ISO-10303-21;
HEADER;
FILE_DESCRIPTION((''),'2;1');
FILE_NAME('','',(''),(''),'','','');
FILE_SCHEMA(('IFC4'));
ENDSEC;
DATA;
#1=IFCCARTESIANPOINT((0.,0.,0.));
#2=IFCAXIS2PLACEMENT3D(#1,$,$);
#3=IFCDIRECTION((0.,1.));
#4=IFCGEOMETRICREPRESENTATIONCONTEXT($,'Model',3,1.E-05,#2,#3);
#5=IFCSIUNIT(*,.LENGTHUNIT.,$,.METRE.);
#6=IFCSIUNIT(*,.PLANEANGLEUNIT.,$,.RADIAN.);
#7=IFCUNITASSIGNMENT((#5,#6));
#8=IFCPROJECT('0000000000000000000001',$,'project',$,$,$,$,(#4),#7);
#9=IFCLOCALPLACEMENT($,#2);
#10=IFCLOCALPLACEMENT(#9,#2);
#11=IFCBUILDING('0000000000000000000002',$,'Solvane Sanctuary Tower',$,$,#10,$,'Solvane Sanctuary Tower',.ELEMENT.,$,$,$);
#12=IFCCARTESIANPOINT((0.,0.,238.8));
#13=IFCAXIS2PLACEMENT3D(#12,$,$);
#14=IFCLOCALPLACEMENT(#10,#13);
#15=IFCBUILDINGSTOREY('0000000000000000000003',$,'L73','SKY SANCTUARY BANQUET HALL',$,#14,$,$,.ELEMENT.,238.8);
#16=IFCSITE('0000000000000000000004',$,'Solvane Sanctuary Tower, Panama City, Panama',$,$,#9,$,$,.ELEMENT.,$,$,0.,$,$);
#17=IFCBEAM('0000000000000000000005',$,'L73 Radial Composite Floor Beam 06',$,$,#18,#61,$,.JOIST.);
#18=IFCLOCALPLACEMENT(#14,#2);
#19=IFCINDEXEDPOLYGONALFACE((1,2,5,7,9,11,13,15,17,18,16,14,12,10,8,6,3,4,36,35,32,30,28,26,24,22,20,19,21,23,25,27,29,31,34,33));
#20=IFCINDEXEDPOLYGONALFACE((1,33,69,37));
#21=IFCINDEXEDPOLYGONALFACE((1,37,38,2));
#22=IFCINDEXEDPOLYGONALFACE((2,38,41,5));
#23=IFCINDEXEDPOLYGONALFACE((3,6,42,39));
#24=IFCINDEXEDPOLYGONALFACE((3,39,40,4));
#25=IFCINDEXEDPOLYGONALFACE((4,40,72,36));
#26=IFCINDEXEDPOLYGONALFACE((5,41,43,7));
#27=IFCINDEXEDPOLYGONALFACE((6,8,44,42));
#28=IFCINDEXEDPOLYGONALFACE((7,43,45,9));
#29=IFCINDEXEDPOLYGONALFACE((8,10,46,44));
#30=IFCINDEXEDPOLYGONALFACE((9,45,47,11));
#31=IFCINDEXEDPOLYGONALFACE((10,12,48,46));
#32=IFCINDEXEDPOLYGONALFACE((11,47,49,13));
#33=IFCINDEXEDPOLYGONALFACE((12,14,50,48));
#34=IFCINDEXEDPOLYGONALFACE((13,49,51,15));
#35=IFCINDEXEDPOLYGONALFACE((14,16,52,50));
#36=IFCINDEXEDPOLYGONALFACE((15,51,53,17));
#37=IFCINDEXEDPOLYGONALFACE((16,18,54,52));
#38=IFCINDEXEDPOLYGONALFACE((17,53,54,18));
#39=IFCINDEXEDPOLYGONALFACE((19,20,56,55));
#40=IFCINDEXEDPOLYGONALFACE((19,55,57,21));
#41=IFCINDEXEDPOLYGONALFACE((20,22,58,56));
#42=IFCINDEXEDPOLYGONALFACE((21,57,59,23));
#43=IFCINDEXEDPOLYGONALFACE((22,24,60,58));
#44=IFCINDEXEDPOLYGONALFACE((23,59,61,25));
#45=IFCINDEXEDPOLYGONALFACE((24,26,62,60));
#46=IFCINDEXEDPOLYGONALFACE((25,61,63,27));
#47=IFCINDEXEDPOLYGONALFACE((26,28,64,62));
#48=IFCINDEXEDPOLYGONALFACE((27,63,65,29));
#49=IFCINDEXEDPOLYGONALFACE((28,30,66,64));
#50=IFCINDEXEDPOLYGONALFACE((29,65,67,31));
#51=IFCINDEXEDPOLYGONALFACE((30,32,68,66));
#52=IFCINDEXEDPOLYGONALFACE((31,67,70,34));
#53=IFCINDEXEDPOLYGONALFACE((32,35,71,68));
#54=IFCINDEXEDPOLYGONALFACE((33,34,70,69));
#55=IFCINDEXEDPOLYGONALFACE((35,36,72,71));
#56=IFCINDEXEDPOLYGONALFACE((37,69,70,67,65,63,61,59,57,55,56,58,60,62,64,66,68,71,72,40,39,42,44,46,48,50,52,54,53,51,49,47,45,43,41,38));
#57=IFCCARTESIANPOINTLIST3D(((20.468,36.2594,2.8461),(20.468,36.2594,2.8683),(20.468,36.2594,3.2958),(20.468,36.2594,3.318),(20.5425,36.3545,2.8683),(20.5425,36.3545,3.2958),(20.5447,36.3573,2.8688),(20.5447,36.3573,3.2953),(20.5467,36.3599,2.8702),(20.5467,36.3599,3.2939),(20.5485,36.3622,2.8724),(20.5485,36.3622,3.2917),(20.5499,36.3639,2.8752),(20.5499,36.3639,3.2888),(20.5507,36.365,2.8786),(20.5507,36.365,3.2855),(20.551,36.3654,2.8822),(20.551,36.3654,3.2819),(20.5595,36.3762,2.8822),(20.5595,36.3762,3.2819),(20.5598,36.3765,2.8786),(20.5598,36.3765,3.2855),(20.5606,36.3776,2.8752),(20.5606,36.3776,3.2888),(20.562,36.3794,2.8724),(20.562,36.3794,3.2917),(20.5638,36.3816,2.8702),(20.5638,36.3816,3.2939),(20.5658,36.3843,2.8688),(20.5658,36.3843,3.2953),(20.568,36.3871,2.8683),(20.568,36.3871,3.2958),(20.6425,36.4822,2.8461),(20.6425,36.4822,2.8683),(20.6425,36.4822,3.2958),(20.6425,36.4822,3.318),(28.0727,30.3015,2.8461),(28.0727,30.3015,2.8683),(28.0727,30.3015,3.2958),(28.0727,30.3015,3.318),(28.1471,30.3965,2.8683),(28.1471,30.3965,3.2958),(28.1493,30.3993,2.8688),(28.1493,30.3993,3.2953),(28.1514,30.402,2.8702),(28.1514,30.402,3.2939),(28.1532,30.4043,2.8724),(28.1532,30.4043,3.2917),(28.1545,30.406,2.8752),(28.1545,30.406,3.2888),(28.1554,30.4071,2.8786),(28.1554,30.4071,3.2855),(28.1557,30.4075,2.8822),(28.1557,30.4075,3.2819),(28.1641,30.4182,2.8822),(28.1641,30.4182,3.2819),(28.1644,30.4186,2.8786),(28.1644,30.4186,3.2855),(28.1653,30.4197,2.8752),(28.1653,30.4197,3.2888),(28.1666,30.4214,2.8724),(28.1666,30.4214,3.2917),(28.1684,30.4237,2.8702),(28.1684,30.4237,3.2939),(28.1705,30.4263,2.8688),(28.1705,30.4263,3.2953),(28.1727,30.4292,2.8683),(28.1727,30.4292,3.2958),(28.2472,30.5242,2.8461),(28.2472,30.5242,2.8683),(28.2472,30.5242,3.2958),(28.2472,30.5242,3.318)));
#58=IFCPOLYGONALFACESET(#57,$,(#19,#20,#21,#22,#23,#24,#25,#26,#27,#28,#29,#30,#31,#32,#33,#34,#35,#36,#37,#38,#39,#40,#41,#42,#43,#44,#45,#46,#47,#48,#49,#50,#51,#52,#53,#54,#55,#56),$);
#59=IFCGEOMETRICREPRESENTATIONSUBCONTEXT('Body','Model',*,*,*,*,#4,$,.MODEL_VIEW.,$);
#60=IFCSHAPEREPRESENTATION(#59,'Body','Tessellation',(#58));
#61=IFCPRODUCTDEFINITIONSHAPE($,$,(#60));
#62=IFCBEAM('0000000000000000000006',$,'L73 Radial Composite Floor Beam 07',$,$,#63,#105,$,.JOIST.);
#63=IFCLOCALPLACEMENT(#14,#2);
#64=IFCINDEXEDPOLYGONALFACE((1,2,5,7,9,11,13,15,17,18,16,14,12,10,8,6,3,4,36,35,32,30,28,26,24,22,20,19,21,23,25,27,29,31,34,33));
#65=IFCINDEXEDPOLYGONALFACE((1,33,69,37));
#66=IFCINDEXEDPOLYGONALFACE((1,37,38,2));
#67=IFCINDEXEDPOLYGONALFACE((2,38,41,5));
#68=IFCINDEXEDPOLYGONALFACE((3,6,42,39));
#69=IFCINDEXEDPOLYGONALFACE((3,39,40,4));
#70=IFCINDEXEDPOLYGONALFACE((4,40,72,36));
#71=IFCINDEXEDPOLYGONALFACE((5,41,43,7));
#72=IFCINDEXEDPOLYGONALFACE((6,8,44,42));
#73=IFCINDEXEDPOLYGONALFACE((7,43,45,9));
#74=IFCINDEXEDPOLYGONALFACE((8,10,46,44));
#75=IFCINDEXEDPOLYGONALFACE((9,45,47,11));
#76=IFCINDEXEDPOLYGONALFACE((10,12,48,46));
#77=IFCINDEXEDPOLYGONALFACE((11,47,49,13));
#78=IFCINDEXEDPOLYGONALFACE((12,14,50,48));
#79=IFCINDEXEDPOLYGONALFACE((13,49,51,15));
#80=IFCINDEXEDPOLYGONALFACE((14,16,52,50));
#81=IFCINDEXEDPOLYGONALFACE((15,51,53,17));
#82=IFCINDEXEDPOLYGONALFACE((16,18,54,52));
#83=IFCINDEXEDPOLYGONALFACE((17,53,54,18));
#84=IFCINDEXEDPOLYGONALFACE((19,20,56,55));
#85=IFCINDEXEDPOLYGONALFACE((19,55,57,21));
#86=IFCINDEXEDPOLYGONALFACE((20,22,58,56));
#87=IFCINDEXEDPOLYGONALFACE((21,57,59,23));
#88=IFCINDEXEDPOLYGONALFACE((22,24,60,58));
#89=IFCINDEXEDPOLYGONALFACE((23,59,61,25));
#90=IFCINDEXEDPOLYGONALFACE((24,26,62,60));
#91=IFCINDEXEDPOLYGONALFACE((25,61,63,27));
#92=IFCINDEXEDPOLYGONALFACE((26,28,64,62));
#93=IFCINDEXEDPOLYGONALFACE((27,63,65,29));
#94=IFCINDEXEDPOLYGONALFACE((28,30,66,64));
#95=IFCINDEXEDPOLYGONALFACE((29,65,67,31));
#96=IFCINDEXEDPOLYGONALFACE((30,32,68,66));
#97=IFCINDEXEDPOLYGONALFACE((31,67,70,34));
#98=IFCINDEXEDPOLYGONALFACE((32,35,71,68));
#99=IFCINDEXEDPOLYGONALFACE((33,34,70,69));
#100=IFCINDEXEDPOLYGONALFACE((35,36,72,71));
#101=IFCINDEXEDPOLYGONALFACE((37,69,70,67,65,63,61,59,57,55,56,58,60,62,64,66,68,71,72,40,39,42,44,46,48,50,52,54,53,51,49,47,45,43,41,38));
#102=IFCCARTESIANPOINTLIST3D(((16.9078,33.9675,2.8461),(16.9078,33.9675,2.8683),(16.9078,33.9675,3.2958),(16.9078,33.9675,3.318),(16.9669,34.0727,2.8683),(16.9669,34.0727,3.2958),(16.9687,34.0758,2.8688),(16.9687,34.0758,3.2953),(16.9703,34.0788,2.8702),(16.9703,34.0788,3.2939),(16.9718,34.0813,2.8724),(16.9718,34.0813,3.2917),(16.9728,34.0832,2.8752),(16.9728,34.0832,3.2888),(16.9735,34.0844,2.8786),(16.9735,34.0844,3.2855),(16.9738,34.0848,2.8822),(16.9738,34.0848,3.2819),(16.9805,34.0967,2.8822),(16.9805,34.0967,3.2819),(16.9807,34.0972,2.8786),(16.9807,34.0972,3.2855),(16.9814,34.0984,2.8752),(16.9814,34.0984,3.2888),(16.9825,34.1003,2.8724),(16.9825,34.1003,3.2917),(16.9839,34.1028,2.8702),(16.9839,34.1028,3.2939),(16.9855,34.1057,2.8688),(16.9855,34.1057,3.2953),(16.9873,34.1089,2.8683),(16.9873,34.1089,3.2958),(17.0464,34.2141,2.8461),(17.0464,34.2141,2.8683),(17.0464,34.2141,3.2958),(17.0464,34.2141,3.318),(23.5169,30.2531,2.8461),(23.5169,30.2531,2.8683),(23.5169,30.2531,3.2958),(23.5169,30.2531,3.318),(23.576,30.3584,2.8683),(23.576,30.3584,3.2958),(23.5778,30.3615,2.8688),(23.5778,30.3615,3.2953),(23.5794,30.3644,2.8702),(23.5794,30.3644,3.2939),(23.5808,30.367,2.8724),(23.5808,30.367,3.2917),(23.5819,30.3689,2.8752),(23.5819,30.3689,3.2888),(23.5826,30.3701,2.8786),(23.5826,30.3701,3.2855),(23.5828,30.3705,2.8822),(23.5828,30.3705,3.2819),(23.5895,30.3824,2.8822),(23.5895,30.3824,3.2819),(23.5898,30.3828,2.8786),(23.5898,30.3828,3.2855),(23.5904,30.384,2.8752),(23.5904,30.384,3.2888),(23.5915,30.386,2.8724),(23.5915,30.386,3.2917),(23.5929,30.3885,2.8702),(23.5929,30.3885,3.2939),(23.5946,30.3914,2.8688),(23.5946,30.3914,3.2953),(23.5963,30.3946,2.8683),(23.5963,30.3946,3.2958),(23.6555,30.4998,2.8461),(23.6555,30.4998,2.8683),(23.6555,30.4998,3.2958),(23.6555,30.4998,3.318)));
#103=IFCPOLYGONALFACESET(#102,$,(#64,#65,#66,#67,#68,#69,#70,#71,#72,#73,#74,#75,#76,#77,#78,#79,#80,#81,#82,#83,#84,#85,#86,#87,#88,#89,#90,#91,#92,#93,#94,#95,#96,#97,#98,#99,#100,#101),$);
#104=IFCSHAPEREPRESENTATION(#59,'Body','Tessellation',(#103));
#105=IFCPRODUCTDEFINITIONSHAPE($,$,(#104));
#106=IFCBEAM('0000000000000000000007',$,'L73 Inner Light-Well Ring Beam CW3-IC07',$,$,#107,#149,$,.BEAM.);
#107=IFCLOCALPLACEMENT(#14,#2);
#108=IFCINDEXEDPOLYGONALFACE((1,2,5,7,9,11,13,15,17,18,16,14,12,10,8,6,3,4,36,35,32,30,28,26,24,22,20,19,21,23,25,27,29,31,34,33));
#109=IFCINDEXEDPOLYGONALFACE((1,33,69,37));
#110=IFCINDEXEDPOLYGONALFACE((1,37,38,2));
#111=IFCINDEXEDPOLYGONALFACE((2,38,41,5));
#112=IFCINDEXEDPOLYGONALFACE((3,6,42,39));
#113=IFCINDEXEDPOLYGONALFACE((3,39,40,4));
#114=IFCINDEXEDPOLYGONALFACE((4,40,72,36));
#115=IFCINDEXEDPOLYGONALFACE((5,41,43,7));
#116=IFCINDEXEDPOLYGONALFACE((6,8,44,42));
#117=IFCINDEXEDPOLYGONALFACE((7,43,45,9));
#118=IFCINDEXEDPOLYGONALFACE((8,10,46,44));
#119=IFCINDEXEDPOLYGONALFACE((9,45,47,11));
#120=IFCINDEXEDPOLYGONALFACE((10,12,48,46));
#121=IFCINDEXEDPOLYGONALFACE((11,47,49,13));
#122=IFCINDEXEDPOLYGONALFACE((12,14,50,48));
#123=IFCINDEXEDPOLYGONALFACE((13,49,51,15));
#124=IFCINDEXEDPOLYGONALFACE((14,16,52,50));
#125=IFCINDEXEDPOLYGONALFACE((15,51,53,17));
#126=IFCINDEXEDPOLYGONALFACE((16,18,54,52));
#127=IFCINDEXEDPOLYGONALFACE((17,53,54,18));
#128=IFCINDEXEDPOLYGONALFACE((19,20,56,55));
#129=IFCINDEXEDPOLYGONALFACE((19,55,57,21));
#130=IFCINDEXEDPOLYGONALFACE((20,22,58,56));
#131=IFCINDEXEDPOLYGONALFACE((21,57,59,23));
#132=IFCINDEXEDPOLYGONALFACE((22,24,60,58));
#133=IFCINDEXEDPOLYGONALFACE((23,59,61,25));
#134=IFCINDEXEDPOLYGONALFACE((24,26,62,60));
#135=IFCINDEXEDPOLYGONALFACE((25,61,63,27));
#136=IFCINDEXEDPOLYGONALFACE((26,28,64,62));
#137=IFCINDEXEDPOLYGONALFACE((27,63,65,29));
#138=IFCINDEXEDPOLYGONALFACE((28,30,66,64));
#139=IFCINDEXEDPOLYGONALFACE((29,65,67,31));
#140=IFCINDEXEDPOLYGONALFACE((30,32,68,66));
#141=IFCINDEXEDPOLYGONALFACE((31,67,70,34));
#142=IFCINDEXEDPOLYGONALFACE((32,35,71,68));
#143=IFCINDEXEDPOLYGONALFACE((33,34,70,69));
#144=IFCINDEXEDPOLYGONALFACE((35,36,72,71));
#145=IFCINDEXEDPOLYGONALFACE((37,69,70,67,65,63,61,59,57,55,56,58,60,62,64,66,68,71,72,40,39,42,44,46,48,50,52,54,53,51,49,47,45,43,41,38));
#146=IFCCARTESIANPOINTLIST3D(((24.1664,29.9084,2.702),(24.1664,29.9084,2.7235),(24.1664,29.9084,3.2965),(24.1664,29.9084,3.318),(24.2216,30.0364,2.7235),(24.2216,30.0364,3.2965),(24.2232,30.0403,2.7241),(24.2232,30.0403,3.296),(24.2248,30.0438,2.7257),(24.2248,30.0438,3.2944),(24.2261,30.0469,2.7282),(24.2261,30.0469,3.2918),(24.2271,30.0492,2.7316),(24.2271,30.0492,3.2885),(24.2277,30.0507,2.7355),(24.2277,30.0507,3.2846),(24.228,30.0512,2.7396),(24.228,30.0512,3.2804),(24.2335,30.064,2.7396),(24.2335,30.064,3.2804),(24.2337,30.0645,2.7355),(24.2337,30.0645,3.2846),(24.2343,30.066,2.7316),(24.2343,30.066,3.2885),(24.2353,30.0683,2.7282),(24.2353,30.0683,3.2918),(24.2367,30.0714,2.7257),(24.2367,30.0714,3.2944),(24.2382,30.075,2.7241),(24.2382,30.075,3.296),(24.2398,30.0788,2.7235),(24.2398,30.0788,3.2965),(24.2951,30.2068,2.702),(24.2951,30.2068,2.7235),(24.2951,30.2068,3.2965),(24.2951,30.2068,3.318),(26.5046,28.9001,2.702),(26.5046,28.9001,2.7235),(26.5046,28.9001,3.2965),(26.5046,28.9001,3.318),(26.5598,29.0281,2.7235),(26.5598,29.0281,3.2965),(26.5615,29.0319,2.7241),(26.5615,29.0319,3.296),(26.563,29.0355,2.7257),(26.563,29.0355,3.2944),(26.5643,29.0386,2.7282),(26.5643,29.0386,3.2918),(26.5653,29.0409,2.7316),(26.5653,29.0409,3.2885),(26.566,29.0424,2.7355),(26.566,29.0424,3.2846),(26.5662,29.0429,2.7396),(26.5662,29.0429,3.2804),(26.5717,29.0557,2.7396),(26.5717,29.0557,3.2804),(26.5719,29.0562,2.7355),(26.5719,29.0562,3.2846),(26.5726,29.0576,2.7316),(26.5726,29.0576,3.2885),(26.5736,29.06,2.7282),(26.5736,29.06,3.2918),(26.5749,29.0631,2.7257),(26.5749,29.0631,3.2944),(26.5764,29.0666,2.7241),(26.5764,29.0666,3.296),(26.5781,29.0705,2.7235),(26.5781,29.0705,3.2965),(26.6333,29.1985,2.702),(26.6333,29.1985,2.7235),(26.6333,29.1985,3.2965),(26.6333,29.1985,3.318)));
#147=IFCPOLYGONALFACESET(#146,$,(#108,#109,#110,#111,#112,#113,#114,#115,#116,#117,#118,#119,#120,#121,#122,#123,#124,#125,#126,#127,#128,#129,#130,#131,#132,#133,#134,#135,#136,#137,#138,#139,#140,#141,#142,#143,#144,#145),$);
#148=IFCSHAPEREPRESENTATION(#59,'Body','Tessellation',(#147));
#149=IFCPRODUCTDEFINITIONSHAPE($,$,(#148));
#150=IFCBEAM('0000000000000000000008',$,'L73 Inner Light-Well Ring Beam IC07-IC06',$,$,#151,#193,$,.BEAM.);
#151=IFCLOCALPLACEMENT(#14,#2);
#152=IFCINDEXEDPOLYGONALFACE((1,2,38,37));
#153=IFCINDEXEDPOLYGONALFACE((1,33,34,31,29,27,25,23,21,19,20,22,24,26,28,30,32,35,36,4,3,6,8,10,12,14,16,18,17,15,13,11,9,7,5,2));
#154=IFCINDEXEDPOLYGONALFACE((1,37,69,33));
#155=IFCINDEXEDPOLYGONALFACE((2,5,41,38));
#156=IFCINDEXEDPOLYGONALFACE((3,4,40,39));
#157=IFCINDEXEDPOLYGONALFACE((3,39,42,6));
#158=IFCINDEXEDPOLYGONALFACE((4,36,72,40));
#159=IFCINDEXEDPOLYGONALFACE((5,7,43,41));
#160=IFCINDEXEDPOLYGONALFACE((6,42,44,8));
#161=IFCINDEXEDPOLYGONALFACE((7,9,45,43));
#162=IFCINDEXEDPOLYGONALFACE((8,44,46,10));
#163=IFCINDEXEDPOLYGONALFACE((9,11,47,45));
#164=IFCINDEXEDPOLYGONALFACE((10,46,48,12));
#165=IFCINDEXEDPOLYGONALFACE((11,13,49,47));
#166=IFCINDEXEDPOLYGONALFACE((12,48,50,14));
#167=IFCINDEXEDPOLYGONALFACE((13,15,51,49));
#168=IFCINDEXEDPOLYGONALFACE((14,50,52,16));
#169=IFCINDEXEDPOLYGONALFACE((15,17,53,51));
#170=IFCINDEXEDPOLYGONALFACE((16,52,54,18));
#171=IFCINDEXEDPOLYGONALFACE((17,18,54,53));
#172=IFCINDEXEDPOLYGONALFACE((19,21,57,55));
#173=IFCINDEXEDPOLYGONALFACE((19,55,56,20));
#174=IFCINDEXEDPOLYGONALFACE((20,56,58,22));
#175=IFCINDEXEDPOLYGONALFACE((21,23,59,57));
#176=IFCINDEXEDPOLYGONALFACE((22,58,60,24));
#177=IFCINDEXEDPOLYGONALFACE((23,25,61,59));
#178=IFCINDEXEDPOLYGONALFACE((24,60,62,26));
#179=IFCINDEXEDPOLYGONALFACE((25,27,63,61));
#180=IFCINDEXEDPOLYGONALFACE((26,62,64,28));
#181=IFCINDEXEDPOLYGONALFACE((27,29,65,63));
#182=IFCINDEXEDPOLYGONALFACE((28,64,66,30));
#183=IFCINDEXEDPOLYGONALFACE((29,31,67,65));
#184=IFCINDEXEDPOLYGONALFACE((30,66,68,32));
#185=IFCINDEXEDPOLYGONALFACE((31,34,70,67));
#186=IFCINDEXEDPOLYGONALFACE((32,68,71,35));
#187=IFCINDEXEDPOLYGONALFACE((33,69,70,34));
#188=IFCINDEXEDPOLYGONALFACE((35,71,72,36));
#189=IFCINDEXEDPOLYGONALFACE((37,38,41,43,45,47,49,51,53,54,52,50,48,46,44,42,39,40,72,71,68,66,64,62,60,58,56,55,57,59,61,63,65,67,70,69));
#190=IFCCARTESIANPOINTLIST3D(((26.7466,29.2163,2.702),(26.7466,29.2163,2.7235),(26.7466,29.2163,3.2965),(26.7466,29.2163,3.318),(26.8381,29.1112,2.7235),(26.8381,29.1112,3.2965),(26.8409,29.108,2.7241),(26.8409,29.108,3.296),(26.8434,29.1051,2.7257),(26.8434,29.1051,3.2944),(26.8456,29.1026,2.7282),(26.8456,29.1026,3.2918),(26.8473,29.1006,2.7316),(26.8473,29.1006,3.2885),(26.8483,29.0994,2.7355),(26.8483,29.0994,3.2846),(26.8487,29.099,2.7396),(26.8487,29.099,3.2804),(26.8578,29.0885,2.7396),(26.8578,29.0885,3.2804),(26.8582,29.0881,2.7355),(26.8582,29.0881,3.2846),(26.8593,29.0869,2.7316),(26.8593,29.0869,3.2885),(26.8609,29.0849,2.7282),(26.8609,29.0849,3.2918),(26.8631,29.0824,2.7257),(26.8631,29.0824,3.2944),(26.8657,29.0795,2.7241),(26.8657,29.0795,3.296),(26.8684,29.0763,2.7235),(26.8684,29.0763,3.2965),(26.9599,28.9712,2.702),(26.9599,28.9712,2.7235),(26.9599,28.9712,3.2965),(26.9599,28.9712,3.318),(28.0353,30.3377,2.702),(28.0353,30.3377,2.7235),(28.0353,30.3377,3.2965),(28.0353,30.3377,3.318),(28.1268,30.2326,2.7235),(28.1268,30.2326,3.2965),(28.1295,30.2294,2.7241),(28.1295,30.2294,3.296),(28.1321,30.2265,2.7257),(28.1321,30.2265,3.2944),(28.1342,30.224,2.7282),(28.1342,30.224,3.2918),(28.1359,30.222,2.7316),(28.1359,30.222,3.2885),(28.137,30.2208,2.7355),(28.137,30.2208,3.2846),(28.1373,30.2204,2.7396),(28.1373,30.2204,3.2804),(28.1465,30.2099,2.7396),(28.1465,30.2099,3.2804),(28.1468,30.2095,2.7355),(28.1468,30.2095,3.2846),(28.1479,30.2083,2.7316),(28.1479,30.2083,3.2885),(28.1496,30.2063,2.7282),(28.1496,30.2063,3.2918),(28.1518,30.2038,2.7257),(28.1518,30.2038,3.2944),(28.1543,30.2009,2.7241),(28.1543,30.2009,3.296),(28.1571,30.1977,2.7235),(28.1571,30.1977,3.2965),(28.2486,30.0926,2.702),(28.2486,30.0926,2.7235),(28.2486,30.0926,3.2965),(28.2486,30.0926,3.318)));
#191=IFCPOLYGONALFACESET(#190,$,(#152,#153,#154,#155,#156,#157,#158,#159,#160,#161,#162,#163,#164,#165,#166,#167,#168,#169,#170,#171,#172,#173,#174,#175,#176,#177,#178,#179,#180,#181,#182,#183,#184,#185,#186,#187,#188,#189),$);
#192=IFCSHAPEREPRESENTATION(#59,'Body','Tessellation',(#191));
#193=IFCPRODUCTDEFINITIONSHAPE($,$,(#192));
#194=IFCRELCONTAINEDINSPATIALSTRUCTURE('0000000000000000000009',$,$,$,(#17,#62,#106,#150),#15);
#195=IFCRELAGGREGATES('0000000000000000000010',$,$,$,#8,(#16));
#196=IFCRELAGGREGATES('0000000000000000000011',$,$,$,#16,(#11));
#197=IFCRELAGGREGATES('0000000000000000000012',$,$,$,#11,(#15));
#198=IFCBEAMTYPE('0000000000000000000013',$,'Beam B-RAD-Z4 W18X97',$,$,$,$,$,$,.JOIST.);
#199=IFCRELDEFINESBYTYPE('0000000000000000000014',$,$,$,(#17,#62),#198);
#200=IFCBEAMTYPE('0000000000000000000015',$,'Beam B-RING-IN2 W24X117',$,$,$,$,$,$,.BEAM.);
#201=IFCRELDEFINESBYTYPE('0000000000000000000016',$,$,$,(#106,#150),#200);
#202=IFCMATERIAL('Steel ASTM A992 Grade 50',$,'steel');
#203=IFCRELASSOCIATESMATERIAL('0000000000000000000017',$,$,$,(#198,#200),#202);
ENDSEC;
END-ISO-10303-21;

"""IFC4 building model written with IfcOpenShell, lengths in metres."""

from ifc_helpers import new_model, si_unit, direction, frame, origin, origin_2d, place, context, subcontext, project, spatial, i_section, extrude, material, material_profile, profile_set, type_object, element, save


model = new_model("IFC4")

# Units and contexts
model_context = context("Model", 3, precision=1e-05, world=origin(), true_north=direction((0.0, 1.0)))
body_context = subcontext(model_context, "Body", "Model", "MODEL_VIEW")
ifc_project = project(units=[si_unit("LENGTHUNIT", "METRE"), si_unit("PLANEANGLEUNIT", "RADIAN")], contexts=[model_context])

# Site, building, storey
site_placement = place(None, origin())
site = spatial("IfcSite", under=ifc_project, at=site_placement, Name="Solvane Sanctuary Tower, Panama City, Panama", CompositionType="ELEMENT", RefElevation=0.0)
building_placement = place(site_placement, origin())
building = spatial("IfcBuilding", under=site, at=building_placement, Name="Solvane Sanctuary Tower", LongName="Solvane Sanctuary Tower", CompositionType="ELEMENT")
storey_placement = place(building_placement, frame((0.0, 0.0, 238.8)))
storey = spatial("IfcBuildingStorey", under=building, at=storey_placement, Name="L73", Description="SKY SANCTUARY BANQUET HALL", CompositionType="ELEMENT", Elevation=238.8)

# Beams
ifc_material_1 = material(Name="Steel ASTM A992 Grade 50", Category="steel")
ifc_material_profile_1 = material_profile(ifc_material_1, i_section(OverallWidth=0.283, OverallDepth=0.4719, WebThickness=0.0137, FlangeThickness=0.0222, FilletRadius=0.0139, at=origin_2d()), Name="W18X97")
ifc_profile_set_1 = profile_set([ifc_material_profile_1], Name="Steel ASTM A992 Grade 50")
beam_type_1 = type_object("IfcBeamType", Name="Beam B-RAD-Z4 W18X97", PredefinedType="JOIST", material=ifc_profile_set_1)
beam_1_placement = place(storey_placement, frame((28.1599, 30.4128, 3.082), z_axis=(-0.78718, 0.616724, 0.0), x_axis=(-0.616724, -0.78718, 0.0)))
element("IfcBeam", 1, at=beam_1_placement, inside=storey, type_object=beam_type_1, Name="L73 Radial Composite Floor Beam 06", PredefinedType="JOIST", context=body_context, shape_type="SweptSolid", body=[
    extrude(i_section(OverallWidth=0.283, OverallDepth=0.4719, WebThickness=0.0137, FlangeThickness=0.0222, FilletRadius=0.0139, at=origin_2d()), origin(), (0.0, 0.0, 1.0), 9.6606),
])
beam_2_placement = place(storey_placement, frame((23.5862, 30.3765, 3.082), z_axis=(-0.87176, 0.489932, 0.0), x_axis=(-0.489932, -0.87176, 0.0)))
element("IfcBeam", 2, at=beam_2_placement, inside=storey, type_object=beam_type_1, Name="L73 Radial Composite Floor Beam 07", PredefinedType="JOIST", context=body_context, shape_type="SweptSolid", body=[
    extrude(i_section(OverallWidth=0.283, OverallDepth=0.4719, WebThickness=0.0137, FlangeThickness=0.0222, FilletRadius=0.0139, at=origin_2d()), origin(), (0.0, 0.0, 1.0), 7.5813),
])
ifc_material_profile_2 = material_profile(ifc_material_1, i_section(OverallWidth=0.325, OverallDepth=0.616, WebThickness=0.0139, FlangeThickness=0.0215, FilletRadius=0.0161, at=origin_2d()), Name="W24X117")
ifc_profile_set_2 = profile_set([ifc_material_profile_2], Name="Steel ASTM A992 Grade 50")
beam_type_2 = type_object("IfcBeamType", Name="Beam B-RING-IN2 W24X117", PredefinedType="BEAM", material=ifc_profile_set_2)
beam_3_placement = place(storey_placement, frame((24.2307, 30.0576, 3.01), z_axis=(0.918255, -0.39599, 0.0), x_axis=(0.39599, 0.918255, 0.0)))
element("IfcBeam", 3, at=beam_3_placement, inside=storey, type_object=beam_type_2, Name="L73 Inner Light-Well Ring Beam CW3-IC07", PredefinedType="BEAM", context=body_context, shape_type="SweptSolid", body=[
    extrude(i_section(OverallWidth=0.325, OverallDepth=0.616, WebThickness=0.0139, FlangeThickness=0.0215, FilletRadius=0.0161, at=origin_2d()), origin(), (0.0, 0.0, 1.0), 2.5464),
])
beam_4_placement = place(storey_placement, frame((26.8533, 29.0938, 3.01), z_axis=(0.754362, 0.656458, 0.0), x_axis=(-0.656458, 0.754362, 0.0)))
element("IfcBeam", 4, at=beam_4_placement, inside=storey, type_object=beam_type_2, Name="L73 Inner Light-Well Ring Beam IC07-IC06", PredefinedType="BEAM", context=body_context, shape_type="SweptSolid", body=[
    extrude(i_section(OverallWidth=0.325, OverallDepth=0.616, WebThickness=0.0139, FlangeThickness=0.0215, FilletRadius=0.0161, at=origin_2d()), origin(), (0.0, 0.0, 1.0), 1.7083),
])

save(model, "model.ifc")
